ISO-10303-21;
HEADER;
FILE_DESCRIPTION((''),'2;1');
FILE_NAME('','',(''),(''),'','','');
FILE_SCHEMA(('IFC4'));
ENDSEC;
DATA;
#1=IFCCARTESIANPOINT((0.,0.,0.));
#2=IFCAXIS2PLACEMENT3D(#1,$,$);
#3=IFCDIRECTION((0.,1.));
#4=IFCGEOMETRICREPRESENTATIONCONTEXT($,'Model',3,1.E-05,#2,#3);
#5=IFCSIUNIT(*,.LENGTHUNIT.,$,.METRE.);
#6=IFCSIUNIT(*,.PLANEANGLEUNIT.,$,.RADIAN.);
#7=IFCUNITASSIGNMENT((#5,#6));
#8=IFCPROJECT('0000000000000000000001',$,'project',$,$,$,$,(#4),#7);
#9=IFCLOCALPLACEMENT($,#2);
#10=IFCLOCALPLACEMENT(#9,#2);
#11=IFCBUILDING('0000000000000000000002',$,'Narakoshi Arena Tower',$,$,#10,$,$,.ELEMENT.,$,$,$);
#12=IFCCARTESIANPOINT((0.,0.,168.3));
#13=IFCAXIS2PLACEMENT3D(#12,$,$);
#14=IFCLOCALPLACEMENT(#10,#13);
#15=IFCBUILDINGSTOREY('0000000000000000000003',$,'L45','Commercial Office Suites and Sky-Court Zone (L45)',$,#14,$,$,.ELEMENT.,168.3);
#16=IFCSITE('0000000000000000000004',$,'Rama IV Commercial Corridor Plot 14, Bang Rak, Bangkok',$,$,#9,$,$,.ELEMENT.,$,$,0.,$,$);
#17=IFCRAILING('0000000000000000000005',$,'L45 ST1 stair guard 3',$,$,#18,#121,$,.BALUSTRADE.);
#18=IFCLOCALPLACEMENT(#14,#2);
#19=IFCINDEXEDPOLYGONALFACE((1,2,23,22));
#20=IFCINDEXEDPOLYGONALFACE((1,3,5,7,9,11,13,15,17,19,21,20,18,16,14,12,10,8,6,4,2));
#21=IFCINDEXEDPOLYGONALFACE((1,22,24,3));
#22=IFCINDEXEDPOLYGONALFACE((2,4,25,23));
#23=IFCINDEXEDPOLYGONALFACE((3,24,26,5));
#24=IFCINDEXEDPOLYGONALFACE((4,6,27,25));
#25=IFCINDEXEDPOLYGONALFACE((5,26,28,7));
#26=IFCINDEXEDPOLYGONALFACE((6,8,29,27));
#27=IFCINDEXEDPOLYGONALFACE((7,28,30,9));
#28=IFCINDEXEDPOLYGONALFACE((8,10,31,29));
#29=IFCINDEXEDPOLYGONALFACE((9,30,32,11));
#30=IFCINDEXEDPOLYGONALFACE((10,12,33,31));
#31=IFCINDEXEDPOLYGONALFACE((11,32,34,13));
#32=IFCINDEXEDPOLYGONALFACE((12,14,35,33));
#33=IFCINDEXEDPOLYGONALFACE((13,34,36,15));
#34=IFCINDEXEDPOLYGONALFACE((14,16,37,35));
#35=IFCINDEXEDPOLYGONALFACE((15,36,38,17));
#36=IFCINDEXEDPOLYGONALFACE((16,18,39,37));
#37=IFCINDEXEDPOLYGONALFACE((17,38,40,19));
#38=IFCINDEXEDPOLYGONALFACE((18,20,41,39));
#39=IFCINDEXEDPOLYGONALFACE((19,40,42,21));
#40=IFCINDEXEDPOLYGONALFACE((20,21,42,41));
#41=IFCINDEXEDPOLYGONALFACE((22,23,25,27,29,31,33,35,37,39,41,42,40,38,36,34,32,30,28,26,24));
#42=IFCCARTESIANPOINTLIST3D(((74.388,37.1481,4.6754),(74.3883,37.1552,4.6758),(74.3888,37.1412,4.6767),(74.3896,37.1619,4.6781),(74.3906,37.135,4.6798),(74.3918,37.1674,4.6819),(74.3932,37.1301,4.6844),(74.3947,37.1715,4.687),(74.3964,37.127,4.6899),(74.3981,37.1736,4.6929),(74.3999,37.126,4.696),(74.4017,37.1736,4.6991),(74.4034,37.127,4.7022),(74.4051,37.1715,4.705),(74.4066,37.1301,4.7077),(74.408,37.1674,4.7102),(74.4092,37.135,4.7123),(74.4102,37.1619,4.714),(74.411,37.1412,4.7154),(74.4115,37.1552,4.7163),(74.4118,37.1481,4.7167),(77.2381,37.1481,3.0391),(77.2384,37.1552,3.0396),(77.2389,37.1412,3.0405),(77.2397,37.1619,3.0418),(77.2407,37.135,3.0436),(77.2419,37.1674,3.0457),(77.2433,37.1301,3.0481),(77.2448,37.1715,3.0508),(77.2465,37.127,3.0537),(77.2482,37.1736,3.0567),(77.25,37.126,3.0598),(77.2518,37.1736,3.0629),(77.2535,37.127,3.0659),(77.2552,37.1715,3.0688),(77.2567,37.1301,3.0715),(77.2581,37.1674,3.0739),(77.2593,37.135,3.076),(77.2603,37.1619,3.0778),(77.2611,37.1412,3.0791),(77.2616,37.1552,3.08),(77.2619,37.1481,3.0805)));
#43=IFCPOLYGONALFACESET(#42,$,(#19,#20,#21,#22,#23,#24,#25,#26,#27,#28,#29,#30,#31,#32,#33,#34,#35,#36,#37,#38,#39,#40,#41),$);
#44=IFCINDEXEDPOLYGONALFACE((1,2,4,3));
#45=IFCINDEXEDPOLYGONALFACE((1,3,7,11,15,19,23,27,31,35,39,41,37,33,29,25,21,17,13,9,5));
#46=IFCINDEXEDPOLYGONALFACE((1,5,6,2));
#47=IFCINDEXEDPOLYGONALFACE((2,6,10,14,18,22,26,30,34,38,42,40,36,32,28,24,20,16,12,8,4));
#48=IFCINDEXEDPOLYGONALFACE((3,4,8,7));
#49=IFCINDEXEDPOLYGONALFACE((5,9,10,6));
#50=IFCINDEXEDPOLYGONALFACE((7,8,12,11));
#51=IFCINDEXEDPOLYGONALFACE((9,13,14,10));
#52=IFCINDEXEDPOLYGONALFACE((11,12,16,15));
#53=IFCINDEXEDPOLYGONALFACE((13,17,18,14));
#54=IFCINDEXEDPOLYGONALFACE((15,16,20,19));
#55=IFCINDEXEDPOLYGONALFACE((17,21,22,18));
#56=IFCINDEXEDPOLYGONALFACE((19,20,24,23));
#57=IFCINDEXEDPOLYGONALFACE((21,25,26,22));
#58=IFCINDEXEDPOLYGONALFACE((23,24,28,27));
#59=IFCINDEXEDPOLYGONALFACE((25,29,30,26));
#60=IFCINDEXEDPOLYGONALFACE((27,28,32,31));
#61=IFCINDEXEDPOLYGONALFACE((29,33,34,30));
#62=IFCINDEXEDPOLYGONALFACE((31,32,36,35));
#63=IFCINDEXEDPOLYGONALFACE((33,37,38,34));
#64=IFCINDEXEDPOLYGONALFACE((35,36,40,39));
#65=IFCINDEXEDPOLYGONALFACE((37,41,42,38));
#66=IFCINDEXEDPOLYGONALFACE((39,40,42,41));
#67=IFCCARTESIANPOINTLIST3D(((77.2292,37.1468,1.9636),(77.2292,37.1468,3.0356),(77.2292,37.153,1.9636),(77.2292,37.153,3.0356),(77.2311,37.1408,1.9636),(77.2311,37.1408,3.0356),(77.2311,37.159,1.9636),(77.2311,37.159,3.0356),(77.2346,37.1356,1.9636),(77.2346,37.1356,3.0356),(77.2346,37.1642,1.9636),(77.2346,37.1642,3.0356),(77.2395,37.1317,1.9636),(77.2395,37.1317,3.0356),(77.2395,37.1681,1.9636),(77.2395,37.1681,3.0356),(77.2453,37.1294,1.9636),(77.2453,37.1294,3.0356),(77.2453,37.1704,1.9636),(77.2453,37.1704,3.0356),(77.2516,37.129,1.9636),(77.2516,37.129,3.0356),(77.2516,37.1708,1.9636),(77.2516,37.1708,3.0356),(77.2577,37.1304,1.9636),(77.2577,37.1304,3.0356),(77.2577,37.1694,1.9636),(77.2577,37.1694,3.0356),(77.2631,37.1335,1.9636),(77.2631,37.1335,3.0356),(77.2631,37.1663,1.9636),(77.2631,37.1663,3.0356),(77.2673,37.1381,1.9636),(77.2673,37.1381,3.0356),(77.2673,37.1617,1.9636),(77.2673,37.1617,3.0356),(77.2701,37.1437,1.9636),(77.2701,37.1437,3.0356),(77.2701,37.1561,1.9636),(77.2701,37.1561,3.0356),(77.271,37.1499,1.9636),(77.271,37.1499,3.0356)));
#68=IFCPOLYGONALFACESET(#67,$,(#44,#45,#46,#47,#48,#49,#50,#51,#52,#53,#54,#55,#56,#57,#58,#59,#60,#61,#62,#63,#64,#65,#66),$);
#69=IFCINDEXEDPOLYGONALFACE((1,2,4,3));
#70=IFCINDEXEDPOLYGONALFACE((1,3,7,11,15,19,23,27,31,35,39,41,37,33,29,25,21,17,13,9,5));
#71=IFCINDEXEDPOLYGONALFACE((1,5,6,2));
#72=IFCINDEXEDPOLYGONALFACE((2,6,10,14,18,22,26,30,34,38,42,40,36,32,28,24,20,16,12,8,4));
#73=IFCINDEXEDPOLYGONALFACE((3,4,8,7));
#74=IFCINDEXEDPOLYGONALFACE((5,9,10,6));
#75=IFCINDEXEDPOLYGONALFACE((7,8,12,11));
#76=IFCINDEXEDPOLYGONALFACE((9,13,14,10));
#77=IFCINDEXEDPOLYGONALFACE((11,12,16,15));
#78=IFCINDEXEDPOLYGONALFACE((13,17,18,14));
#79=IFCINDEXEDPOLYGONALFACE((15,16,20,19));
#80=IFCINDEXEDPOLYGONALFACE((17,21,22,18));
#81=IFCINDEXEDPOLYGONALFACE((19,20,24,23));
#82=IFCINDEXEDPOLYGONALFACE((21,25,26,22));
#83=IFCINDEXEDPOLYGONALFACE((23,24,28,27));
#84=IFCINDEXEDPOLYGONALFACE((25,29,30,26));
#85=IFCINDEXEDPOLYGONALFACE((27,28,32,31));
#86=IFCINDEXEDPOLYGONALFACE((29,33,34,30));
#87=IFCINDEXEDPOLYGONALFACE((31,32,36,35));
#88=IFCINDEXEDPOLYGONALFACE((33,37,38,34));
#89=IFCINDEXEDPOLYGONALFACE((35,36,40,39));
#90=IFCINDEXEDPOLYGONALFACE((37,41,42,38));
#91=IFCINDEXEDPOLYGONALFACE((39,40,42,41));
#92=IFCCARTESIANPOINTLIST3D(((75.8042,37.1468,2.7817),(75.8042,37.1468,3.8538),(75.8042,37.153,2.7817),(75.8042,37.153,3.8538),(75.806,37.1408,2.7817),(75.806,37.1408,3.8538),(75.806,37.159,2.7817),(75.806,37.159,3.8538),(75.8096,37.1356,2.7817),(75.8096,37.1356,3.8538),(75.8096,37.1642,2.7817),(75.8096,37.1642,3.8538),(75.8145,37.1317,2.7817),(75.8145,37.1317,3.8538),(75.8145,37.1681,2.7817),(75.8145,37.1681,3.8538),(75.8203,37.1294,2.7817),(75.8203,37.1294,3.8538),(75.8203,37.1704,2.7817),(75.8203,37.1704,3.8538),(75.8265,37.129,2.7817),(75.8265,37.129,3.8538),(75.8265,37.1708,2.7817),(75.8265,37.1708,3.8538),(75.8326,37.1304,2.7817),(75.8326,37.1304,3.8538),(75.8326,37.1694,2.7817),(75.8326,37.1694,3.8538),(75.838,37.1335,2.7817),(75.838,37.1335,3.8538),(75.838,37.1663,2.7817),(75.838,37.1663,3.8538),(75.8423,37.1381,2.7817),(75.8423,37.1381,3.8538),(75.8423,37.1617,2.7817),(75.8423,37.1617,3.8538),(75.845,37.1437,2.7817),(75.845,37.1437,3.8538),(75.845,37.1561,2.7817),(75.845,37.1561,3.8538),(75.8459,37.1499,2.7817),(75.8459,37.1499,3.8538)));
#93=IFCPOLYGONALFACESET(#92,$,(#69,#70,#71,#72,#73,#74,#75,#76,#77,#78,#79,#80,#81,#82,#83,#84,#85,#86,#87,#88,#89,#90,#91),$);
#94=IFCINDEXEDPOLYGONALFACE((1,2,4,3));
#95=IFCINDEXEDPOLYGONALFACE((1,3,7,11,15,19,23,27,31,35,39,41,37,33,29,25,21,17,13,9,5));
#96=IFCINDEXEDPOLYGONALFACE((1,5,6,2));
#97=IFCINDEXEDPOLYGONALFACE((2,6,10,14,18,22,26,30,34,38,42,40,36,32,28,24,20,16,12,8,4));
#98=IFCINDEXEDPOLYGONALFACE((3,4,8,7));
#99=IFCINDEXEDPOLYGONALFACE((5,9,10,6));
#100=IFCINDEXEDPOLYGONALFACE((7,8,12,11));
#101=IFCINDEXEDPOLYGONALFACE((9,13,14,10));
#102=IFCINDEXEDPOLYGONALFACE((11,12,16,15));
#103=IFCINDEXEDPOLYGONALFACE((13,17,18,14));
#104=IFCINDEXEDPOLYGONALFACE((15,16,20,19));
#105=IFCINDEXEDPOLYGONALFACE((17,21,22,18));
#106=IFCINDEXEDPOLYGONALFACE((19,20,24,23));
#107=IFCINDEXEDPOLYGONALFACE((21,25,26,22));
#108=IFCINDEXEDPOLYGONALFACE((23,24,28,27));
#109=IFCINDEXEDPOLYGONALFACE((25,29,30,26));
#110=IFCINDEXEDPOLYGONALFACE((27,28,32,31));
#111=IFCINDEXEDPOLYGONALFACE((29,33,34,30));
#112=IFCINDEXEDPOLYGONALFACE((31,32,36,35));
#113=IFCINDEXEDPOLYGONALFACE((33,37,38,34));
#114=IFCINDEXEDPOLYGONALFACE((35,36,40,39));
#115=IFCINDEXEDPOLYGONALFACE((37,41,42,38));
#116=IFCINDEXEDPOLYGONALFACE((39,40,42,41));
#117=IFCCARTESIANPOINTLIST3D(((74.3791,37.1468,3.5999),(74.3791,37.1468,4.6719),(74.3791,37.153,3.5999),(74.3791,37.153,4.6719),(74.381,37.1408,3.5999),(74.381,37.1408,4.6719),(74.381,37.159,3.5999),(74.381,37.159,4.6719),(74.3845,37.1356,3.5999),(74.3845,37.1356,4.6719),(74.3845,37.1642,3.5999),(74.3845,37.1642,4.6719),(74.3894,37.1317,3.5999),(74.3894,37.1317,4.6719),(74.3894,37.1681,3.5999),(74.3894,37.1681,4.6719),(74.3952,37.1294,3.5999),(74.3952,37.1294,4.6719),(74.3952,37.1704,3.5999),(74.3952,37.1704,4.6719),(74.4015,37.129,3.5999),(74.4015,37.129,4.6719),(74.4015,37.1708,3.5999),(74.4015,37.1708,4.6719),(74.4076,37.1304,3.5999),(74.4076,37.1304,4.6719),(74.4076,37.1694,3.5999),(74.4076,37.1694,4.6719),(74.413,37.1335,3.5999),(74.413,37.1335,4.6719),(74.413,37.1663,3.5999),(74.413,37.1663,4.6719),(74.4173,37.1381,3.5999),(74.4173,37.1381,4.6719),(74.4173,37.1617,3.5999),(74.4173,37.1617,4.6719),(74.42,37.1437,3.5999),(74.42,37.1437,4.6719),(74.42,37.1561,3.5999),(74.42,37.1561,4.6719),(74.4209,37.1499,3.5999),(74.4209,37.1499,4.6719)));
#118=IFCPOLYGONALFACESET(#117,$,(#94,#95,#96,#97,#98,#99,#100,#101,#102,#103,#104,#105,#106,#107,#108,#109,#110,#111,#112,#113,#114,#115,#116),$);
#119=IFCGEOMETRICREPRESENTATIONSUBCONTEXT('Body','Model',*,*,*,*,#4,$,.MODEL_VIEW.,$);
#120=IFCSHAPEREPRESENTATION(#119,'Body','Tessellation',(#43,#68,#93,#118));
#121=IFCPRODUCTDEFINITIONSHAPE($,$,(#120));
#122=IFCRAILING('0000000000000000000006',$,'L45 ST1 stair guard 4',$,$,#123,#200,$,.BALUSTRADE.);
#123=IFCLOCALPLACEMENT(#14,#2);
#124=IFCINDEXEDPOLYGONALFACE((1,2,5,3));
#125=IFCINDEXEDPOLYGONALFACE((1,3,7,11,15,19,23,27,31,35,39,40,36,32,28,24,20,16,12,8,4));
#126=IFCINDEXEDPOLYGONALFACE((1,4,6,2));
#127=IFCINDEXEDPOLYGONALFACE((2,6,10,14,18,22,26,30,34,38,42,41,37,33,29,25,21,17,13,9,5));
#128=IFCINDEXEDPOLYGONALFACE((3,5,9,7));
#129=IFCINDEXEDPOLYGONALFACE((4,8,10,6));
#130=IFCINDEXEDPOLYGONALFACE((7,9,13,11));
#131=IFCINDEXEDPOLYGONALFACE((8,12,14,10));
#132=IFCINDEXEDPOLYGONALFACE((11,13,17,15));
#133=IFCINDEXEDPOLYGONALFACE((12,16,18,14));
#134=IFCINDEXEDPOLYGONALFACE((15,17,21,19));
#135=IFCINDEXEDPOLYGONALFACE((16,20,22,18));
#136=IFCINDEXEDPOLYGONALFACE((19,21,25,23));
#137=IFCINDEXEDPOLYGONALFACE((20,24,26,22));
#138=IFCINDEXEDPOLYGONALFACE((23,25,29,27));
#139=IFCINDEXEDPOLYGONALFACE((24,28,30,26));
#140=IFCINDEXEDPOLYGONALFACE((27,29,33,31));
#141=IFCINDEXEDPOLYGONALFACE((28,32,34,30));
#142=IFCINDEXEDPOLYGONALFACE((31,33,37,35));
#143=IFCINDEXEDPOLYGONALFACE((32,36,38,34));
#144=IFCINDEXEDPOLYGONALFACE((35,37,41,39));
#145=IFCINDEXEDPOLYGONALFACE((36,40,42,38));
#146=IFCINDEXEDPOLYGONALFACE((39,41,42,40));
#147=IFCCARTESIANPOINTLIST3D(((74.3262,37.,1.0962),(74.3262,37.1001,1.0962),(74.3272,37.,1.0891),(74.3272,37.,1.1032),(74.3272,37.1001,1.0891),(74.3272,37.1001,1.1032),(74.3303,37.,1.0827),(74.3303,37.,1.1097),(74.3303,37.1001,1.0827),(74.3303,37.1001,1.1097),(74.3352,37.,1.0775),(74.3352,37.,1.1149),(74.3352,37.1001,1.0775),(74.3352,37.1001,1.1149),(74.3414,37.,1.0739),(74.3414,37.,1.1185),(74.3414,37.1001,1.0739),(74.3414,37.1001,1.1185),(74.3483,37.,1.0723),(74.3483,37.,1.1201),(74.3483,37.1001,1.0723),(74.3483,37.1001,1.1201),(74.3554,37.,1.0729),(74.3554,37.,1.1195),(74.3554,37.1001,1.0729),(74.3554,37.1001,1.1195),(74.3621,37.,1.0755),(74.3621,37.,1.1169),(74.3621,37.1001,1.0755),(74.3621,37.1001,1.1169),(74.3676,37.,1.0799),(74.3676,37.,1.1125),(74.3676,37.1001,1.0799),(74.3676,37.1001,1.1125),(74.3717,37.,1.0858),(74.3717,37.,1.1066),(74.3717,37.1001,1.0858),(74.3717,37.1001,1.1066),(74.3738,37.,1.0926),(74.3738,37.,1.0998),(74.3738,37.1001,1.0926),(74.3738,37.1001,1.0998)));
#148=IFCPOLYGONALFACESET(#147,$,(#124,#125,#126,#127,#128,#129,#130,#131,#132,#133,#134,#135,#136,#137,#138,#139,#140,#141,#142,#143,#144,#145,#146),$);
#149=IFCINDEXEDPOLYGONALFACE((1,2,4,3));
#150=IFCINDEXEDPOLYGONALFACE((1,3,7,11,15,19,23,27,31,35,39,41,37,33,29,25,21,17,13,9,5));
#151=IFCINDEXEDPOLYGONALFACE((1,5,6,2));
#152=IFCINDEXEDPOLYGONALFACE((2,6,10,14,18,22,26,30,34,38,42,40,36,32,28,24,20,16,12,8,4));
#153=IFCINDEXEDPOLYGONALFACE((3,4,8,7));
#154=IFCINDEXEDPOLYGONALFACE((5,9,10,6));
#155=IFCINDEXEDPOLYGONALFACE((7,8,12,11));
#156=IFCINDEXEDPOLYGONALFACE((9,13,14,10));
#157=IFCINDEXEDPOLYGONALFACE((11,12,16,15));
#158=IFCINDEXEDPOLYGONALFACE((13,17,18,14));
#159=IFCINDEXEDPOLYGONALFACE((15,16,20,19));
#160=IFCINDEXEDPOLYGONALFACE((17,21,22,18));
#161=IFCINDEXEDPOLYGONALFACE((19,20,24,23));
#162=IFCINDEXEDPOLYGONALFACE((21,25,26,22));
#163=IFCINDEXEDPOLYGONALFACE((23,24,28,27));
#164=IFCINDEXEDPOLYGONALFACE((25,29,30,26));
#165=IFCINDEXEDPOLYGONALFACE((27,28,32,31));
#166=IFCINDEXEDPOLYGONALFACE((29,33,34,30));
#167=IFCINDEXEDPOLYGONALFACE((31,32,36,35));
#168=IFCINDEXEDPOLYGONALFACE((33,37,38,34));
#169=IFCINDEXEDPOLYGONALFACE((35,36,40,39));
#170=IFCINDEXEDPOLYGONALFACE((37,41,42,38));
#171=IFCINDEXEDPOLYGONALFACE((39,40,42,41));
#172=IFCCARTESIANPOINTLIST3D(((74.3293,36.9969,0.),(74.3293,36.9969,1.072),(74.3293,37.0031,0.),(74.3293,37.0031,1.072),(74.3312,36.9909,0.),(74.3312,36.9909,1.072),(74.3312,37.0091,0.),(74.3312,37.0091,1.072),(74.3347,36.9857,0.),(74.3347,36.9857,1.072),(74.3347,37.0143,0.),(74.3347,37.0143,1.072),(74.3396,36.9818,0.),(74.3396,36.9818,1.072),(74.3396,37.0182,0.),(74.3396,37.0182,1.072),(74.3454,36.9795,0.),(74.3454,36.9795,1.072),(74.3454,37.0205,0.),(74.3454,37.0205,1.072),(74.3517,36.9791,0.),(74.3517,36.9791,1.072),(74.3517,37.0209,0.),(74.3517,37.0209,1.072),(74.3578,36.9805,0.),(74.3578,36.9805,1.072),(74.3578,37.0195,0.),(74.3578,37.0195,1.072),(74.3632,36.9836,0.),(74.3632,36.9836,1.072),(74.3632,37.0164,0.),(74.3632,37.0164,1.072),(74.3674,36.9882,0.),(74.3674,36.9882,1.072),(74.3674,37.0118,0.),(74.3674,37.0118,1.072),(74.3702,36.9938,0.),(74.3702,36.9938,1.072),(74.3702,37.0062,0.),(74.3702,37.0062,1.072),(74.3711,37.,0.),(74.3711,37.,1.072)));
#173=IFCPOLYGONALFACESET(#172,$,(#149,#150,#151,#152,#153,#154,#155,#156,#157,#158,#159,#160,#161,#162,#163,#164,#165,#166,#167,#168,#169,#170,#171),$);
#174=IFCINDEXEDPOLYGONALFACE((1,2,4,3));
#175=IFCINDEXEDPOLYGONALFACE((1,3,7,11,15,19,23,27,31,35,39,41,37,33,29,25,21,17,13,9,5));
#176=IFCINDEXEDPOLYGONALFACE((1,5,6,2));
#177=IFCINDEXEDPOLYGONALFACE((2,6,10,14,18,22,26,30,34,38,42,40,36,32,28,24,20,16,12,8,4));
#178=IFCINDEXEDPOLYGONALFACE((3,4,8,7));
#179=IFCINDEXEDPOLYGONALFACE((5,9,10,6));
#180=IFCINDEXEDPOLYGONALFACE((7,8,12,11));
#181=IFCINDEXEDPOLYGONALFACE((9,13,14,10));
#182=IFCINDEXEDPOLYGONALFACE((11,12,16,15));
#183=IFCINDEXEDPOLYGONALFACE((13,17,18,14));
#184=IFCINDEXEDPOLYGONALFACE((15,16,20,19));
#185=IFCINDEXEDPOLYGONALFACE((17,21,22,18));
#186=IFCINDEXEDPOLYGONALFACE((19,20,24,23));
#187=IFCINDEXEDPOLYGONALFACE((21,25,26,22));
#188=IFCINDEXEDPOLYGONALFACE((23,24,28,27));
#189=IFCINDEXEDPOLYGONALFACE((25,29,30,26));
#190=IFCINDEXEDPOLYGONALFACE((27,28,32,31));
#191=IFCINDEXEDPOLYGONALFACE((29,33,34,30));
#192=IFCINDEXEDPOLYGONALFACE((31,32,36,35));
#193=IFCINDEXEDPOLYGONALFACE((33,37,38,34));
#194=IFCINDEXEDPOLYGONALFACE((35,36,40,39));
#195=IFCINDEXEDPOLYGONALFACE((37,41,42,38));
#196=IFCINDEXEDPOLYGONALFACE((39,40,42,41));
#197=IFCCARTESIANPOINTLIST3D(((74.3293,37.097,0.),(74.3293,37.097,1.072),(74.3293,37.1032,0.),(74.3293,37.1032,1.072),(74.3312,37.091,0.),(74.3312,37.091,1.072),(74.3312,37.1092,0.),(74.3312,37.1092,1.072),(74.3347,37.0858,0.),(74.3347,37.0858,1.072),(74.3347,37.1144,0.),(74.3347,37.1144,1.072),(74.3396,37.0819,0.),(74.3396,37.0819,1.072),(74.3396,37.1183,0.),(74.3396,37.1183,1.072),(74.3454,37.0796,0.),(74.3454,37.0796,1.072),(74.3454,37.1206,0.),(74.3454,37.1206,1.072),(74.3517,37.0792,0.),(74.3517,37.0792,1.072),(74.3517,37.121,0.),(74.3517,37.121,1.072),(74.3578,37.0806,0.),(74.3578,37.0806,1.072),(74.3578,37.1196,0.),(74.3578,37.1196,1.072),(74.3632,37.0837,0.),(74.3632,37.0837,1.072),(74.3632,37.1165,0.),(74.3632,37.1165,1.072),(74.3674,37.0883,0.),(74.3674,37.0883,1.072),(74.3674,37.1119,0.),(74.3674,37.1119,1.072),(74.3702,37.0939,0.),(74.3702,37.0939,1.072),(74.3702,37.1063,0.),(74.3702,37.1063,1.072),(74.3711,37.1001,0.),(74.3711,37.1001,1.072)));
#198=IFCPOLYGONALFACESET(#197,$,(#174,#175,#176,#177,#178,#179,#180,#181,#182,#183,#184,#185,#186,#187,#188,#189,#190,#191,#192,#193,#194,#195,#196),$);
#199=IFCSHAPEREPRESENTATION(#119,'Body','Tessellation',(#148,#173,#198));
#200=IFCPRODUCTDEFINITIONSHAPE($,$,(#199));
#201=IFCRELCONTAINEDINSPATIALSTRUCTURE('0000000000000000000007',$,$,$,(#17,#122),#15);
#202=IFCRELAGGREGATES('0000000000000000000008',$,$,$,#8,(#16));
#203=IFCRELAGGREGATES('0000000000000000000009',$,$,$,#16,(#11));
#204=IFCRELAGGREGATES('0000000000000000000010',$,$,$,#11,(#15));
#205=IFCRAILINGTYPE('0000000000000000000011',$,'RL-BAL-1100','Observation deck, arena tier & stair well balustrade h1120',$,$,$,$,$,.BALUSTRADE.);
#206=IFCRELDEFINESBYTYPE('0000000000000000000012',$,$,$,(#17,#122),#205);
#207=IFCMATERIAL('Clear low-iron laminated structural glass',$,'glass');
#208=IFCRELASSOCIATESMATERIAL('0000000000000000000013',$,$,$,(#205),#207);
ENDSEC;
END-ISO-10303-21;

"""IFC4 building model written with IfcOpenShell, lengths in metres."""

from ifc_helpers import new_model, si_unit, direction, frame, origin, origin_2d, place, context, subcontext, project, spatial, circle, extrude, material, type_object, element, save


model = new_model("IFC4")

# Units and contexts
model_context = context("Model", 3, precision=1e-05, world=origin(), true_north=direction((0.0, 1.0)))
body_context = subcontext(model_context, "Body", "Model", "MODEL_VIEW")
ifc_project = project(units=[si_unit("LENGTHUNIT", "METRE"), si_unit("PLANEANGLEUNIT", "RADIAN")], contexts=[model_context])

# Site, building, storey
site_placement = place(None, origin())
site = spatial("IfcSite", under=ifc_project, at=site_placement, Name="Rama IV Commercial Corridor Plot 14, Bang Rak, Bangkok", CompositionType="ELEMENT", RefElevation=0.0)
building_placement = place(site_placement, origin())
building = spatial("IfcBuilding", under=site, at=building_placement, Name="Narakoshi Arena Tower", CompositionType="ELEMENT")
storey_placement = place(building_placement, frame((0.0, 0.0, 168.3)))
storey = spatial("IfcBuildingStorey", under=building, at=storey_placement, Name="L45", Description="Commercial Office Suites and Sky-Court Zone (L45)", CompositionType="ELEMENT", Elevation=168.3)

# Railings
ifc_material_1 = material(Name="Clear low-iron laminated structural glass", Category="glass")
railing_type_1 = type_object("IfcRailingType", Name="RL-BAL-1100", Description="Observation deck, arena tier & stair well balustrade h1120", PredefinedType="BALUSTRADE", material=ifc_material_1)
railing_1_placement = place(storey_placement, frame((77.25, 37.1499, 1.9636)))
element("IfcRailing", 1, at=railing_1_placement, inside=storey, type_object=railing_type_1, Name="L45 ST1 stair guard 3", PredefinedType="BALUSTRADE", context=body_context, shape_type="SweptSolid", body=[
    extrude(circle(Radius=0.0239, at=origin_2d()), frame((0.0, 0.0, 1.0962), z_axis=(-0.867245, 0.0, 0.497882), x_axis=(0.0, -1.0, 0.0)), (0.0, 0.0, 1.0), 3.2864),
    extrude(circle(Radius=0.021, at=origin_2d()), origin(), (0.0, 0.0, 1.0), 1.072),
    extrude(circle(Radius=0.021, at=origin_2d()), frame((-1.425, 0.0, 0.8181)), (0.0, 0.0, 1.0), 1.072),
    extrude(circle(Radius=0.021, at=origin_2d()), frame((-2.8501, 0.0, 1.6362)), (0.0, 0.0, 1.0), 1.072),
])
railing_2_placement = place(storey_placement, frame((74.3501, 37.0, 0.0)))
element("IfcRailing", 2, at=railing_2_placement, inside=storey, type_object=railing_type_1, Name="L45 ST1 stair guard 4", PredefinedType="BALUSTRADE", context=body_context, shape_type="SweptSolid", body=[
    extrude(circle(Radius=0.0239, at=origin_2d()), frame((0.0, 0.0, 1.0962), z_axis=(0.0, 1.0, 0.0), x_axis=(-1.0, 0.0, 0.0)), (0.0, 0.0, 1.0), 0.1001),
    extrude(circle(Radius=0.021, at=origin_2d()), origin(), (0.0, 0.0, 1.0), 1.072),
    extrude(circle(Radius=0.021, at=origin_2d()), frame((0.0, 0.1001, 0.0)), (0.0, 0.0, 1.0), 1.072),
])

save(model, "model.ifc")
